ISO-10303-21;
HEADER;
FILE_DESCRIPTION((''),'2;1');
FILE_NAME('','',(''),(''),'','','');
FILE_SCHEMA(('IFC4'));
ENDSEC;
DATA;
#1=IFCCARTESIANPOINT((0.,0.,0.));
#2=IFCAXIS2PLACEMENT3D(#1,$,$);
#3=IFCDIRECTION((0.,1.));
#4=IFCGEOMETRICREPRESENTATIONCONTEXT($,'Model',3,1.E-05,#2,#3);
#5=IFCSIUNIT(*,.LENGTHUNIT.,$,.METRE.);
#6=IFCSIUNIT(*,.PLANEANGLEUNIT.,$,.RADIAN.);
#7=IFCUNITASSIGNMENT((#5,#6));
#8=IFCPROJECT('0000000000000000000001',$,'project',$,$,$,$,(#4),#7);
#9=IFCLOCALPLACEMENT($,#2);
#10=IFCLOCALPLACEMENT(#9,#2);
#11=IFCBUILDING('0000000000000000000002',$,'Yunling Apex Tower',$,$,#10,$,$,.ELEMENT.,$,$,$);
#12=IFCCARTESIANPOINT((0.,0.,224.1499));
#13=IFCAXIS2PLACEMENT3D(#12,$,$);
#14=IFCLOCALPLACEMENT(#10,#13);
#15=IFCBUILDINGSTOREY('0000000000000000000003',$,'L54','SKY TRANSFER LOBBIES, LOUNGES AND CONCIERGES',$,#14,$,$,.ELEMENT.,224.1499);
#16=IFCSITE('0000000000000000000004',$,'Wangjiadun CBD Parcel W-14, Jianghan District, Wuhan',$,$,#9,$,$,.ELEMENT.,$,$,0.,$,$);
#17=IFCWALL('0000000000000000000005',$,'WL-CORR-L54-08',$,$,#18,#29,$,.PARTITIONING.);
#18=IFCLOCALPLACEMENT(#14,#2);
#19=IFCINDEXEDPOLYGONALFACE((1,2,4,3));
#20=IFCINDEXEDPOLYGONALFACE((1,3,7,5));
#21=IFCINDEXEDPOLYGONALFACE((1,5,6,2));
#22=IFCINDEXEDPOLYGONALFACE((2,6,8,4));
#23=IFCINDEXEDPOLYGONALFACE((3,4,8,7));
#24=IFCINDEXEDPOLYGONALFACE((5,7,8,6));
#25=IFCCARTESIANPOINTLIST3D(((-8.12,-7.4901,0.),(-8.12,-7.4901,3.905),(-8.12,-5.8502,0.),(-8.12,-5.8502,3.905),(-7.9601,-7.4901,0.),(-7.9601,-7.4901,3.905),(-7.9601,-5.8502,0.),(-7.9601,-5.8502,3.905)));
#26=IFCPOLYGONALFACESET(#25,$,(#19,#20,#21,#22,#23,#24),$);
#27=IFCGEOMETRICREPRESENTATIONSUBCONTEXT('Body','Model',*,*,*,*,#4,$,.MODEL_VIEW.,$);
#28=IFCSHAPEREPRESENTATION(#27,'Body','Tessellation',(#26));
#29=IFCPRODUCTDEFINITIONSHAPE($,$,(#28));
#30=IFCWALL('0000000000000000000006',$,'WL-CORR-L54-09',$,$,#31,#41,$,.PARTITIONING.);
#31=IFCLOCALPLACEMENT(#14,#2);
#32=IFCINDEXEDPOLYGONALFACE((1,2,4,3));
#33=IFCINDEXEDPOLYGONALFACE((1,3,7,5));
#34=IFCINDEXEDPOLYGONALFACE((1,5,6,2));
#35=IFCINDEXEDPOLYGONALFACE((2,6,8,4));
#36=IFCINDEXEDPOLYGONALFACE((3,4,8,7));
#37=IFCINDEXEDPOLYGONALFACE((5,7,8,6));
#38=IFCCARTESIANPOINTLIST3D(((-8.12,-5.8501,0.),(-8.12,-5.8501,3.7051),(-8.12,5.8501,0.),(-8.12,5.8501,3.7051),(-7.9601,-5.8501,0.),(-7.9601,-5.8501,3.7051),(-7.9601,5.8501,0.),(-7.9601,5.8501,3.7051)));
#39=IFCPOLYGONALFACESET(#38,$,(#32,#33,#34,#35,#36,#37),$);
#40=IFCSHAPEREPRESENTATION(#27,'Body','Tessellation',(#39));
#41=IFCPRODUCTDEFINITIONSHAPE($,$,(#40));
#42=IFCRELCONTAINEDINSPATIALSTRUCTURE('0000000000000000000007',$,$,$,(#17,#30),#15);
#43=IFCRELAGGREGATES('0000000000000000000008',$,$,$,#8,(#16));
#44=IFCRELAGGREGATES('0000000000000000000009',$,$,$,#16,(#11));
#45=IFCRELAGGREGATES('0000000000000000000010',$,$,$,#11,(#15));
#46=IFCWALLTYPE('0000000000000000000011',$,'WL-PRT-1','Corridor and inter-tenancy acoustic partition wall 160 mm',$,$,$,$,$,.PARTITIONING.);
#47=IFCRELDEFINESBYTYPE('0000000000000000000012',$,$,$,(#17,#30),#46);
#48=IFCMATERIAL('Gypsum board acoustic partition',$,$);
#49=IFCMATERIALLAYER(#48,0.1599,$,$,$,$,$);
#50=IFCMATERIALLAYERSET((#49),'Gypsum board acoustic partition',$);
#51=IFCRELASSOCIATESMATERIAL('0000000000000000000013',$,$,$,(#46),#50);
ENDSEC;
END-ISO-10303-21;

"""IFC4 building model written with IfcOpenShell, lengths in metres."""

from ifc_helpers import new_model, si_unit, direction, frame, frame_2d, origin, place, context, subcontext, project, spatial, rectangle, extrude, material, layer, layer_set, type_object, element, save


model = new_model("IFC4")

# Units and contexts
model_context = context("Model", 3, precision=1e-05, world=origin(), true_north=direction((0.0, 1.0)))
body_context = subcontext(model_context, "Body", "Model", "MODEL_VIEW")
ifc_project = project(units=[si_unit("LENGTHUNIT", "METRE"), si_unit("PLANEANGLEUNIT", "RADIAN")], contexts=[model_context])

# Site, building, storey
site_placement = place(None, origin())
site = spatial("IfcSite", under=ifc_project, at=site_placement, Name="Wangjiadun CBD Parcel W-14, Jianghan District, Wuhan", CompositionType="ELEMENT", RefElevation=0.0)
building_placement = place(site_placement, origin())
building = spatial("IfcBuilding", under=site, at=building_placement, Name="Yunling Apex Tower", CompositionType="ELEMENT")
storey_placement = place(building_placement, frame((0.0, 0.0, 224.1499)))
storey = spatial("IfcBuildingStorey", under=building, at=storey_placement, Name="L54", Description="SKY TRANSFER LOBBIES, LOUNGES AND CONCIERGES", CompositionType="ELEMENT", Elevation=224.1499)

# Walls
ifc_material_1 = material(Name="Gypsum board acoustic partition")
ifc_layer_1 = layer(ifc_material_1, 0.1599)
ifc_layer_set_1 = layer_set([ifc_layer_1], Name="Gypsum board acoustic partition")
wall_type_1 = type_object("IfcWallType", Name="WL-PRT-1", Description="Corridor and inter-tenancy acoustic partition wall 160 mm", PredefinedType="PARTITIONING", material=ifc_layer_set_1)
wall_1_placement = place(storey_placement, frame((-8.04, -7.49, 0.0), z_axis=(0.0, 0.0, 1.0), x_axis=(0.0, 1.0, 0.0)))
element("IfcWall", 1, at=wall_1_placement, inside=storey, type_object=wall_type_1, Name="WL-CORR-L54-08", PredefinedType="PARTITIONING", context=body_context, shape_type="SweptSolid", body=[
    extrude(rectangle(XDim=1.6399, YDim=0.1599, at=frame_2d((0.8198, 0.0))), origin(), (0.0, 0.0, 1.0), 3.905),
])
wall_2_placement = place(storey_placement, frame((-8.04, -5.8501, 0.0), z_axis=(0.0, 0.0, 1.0), x_axis=(0.0, 1.0, 0.0)))
element("IfcWall", 2, at=wall_2_placement, inside=storey, type_object=wall_type_1, Name="WL-CORR-L54-09", PredefinedType="PARTITIONING", context=body_context, shape_type="SweptSolid", body=[
    extrude(rectangle(XDim=11.7002, YDim=0.1599, at=frame_2d((5.8501, 0.0))), origin(), (0.0, 0.0, 1.0), 3.7051),
])

save(model, "model.ifc")
